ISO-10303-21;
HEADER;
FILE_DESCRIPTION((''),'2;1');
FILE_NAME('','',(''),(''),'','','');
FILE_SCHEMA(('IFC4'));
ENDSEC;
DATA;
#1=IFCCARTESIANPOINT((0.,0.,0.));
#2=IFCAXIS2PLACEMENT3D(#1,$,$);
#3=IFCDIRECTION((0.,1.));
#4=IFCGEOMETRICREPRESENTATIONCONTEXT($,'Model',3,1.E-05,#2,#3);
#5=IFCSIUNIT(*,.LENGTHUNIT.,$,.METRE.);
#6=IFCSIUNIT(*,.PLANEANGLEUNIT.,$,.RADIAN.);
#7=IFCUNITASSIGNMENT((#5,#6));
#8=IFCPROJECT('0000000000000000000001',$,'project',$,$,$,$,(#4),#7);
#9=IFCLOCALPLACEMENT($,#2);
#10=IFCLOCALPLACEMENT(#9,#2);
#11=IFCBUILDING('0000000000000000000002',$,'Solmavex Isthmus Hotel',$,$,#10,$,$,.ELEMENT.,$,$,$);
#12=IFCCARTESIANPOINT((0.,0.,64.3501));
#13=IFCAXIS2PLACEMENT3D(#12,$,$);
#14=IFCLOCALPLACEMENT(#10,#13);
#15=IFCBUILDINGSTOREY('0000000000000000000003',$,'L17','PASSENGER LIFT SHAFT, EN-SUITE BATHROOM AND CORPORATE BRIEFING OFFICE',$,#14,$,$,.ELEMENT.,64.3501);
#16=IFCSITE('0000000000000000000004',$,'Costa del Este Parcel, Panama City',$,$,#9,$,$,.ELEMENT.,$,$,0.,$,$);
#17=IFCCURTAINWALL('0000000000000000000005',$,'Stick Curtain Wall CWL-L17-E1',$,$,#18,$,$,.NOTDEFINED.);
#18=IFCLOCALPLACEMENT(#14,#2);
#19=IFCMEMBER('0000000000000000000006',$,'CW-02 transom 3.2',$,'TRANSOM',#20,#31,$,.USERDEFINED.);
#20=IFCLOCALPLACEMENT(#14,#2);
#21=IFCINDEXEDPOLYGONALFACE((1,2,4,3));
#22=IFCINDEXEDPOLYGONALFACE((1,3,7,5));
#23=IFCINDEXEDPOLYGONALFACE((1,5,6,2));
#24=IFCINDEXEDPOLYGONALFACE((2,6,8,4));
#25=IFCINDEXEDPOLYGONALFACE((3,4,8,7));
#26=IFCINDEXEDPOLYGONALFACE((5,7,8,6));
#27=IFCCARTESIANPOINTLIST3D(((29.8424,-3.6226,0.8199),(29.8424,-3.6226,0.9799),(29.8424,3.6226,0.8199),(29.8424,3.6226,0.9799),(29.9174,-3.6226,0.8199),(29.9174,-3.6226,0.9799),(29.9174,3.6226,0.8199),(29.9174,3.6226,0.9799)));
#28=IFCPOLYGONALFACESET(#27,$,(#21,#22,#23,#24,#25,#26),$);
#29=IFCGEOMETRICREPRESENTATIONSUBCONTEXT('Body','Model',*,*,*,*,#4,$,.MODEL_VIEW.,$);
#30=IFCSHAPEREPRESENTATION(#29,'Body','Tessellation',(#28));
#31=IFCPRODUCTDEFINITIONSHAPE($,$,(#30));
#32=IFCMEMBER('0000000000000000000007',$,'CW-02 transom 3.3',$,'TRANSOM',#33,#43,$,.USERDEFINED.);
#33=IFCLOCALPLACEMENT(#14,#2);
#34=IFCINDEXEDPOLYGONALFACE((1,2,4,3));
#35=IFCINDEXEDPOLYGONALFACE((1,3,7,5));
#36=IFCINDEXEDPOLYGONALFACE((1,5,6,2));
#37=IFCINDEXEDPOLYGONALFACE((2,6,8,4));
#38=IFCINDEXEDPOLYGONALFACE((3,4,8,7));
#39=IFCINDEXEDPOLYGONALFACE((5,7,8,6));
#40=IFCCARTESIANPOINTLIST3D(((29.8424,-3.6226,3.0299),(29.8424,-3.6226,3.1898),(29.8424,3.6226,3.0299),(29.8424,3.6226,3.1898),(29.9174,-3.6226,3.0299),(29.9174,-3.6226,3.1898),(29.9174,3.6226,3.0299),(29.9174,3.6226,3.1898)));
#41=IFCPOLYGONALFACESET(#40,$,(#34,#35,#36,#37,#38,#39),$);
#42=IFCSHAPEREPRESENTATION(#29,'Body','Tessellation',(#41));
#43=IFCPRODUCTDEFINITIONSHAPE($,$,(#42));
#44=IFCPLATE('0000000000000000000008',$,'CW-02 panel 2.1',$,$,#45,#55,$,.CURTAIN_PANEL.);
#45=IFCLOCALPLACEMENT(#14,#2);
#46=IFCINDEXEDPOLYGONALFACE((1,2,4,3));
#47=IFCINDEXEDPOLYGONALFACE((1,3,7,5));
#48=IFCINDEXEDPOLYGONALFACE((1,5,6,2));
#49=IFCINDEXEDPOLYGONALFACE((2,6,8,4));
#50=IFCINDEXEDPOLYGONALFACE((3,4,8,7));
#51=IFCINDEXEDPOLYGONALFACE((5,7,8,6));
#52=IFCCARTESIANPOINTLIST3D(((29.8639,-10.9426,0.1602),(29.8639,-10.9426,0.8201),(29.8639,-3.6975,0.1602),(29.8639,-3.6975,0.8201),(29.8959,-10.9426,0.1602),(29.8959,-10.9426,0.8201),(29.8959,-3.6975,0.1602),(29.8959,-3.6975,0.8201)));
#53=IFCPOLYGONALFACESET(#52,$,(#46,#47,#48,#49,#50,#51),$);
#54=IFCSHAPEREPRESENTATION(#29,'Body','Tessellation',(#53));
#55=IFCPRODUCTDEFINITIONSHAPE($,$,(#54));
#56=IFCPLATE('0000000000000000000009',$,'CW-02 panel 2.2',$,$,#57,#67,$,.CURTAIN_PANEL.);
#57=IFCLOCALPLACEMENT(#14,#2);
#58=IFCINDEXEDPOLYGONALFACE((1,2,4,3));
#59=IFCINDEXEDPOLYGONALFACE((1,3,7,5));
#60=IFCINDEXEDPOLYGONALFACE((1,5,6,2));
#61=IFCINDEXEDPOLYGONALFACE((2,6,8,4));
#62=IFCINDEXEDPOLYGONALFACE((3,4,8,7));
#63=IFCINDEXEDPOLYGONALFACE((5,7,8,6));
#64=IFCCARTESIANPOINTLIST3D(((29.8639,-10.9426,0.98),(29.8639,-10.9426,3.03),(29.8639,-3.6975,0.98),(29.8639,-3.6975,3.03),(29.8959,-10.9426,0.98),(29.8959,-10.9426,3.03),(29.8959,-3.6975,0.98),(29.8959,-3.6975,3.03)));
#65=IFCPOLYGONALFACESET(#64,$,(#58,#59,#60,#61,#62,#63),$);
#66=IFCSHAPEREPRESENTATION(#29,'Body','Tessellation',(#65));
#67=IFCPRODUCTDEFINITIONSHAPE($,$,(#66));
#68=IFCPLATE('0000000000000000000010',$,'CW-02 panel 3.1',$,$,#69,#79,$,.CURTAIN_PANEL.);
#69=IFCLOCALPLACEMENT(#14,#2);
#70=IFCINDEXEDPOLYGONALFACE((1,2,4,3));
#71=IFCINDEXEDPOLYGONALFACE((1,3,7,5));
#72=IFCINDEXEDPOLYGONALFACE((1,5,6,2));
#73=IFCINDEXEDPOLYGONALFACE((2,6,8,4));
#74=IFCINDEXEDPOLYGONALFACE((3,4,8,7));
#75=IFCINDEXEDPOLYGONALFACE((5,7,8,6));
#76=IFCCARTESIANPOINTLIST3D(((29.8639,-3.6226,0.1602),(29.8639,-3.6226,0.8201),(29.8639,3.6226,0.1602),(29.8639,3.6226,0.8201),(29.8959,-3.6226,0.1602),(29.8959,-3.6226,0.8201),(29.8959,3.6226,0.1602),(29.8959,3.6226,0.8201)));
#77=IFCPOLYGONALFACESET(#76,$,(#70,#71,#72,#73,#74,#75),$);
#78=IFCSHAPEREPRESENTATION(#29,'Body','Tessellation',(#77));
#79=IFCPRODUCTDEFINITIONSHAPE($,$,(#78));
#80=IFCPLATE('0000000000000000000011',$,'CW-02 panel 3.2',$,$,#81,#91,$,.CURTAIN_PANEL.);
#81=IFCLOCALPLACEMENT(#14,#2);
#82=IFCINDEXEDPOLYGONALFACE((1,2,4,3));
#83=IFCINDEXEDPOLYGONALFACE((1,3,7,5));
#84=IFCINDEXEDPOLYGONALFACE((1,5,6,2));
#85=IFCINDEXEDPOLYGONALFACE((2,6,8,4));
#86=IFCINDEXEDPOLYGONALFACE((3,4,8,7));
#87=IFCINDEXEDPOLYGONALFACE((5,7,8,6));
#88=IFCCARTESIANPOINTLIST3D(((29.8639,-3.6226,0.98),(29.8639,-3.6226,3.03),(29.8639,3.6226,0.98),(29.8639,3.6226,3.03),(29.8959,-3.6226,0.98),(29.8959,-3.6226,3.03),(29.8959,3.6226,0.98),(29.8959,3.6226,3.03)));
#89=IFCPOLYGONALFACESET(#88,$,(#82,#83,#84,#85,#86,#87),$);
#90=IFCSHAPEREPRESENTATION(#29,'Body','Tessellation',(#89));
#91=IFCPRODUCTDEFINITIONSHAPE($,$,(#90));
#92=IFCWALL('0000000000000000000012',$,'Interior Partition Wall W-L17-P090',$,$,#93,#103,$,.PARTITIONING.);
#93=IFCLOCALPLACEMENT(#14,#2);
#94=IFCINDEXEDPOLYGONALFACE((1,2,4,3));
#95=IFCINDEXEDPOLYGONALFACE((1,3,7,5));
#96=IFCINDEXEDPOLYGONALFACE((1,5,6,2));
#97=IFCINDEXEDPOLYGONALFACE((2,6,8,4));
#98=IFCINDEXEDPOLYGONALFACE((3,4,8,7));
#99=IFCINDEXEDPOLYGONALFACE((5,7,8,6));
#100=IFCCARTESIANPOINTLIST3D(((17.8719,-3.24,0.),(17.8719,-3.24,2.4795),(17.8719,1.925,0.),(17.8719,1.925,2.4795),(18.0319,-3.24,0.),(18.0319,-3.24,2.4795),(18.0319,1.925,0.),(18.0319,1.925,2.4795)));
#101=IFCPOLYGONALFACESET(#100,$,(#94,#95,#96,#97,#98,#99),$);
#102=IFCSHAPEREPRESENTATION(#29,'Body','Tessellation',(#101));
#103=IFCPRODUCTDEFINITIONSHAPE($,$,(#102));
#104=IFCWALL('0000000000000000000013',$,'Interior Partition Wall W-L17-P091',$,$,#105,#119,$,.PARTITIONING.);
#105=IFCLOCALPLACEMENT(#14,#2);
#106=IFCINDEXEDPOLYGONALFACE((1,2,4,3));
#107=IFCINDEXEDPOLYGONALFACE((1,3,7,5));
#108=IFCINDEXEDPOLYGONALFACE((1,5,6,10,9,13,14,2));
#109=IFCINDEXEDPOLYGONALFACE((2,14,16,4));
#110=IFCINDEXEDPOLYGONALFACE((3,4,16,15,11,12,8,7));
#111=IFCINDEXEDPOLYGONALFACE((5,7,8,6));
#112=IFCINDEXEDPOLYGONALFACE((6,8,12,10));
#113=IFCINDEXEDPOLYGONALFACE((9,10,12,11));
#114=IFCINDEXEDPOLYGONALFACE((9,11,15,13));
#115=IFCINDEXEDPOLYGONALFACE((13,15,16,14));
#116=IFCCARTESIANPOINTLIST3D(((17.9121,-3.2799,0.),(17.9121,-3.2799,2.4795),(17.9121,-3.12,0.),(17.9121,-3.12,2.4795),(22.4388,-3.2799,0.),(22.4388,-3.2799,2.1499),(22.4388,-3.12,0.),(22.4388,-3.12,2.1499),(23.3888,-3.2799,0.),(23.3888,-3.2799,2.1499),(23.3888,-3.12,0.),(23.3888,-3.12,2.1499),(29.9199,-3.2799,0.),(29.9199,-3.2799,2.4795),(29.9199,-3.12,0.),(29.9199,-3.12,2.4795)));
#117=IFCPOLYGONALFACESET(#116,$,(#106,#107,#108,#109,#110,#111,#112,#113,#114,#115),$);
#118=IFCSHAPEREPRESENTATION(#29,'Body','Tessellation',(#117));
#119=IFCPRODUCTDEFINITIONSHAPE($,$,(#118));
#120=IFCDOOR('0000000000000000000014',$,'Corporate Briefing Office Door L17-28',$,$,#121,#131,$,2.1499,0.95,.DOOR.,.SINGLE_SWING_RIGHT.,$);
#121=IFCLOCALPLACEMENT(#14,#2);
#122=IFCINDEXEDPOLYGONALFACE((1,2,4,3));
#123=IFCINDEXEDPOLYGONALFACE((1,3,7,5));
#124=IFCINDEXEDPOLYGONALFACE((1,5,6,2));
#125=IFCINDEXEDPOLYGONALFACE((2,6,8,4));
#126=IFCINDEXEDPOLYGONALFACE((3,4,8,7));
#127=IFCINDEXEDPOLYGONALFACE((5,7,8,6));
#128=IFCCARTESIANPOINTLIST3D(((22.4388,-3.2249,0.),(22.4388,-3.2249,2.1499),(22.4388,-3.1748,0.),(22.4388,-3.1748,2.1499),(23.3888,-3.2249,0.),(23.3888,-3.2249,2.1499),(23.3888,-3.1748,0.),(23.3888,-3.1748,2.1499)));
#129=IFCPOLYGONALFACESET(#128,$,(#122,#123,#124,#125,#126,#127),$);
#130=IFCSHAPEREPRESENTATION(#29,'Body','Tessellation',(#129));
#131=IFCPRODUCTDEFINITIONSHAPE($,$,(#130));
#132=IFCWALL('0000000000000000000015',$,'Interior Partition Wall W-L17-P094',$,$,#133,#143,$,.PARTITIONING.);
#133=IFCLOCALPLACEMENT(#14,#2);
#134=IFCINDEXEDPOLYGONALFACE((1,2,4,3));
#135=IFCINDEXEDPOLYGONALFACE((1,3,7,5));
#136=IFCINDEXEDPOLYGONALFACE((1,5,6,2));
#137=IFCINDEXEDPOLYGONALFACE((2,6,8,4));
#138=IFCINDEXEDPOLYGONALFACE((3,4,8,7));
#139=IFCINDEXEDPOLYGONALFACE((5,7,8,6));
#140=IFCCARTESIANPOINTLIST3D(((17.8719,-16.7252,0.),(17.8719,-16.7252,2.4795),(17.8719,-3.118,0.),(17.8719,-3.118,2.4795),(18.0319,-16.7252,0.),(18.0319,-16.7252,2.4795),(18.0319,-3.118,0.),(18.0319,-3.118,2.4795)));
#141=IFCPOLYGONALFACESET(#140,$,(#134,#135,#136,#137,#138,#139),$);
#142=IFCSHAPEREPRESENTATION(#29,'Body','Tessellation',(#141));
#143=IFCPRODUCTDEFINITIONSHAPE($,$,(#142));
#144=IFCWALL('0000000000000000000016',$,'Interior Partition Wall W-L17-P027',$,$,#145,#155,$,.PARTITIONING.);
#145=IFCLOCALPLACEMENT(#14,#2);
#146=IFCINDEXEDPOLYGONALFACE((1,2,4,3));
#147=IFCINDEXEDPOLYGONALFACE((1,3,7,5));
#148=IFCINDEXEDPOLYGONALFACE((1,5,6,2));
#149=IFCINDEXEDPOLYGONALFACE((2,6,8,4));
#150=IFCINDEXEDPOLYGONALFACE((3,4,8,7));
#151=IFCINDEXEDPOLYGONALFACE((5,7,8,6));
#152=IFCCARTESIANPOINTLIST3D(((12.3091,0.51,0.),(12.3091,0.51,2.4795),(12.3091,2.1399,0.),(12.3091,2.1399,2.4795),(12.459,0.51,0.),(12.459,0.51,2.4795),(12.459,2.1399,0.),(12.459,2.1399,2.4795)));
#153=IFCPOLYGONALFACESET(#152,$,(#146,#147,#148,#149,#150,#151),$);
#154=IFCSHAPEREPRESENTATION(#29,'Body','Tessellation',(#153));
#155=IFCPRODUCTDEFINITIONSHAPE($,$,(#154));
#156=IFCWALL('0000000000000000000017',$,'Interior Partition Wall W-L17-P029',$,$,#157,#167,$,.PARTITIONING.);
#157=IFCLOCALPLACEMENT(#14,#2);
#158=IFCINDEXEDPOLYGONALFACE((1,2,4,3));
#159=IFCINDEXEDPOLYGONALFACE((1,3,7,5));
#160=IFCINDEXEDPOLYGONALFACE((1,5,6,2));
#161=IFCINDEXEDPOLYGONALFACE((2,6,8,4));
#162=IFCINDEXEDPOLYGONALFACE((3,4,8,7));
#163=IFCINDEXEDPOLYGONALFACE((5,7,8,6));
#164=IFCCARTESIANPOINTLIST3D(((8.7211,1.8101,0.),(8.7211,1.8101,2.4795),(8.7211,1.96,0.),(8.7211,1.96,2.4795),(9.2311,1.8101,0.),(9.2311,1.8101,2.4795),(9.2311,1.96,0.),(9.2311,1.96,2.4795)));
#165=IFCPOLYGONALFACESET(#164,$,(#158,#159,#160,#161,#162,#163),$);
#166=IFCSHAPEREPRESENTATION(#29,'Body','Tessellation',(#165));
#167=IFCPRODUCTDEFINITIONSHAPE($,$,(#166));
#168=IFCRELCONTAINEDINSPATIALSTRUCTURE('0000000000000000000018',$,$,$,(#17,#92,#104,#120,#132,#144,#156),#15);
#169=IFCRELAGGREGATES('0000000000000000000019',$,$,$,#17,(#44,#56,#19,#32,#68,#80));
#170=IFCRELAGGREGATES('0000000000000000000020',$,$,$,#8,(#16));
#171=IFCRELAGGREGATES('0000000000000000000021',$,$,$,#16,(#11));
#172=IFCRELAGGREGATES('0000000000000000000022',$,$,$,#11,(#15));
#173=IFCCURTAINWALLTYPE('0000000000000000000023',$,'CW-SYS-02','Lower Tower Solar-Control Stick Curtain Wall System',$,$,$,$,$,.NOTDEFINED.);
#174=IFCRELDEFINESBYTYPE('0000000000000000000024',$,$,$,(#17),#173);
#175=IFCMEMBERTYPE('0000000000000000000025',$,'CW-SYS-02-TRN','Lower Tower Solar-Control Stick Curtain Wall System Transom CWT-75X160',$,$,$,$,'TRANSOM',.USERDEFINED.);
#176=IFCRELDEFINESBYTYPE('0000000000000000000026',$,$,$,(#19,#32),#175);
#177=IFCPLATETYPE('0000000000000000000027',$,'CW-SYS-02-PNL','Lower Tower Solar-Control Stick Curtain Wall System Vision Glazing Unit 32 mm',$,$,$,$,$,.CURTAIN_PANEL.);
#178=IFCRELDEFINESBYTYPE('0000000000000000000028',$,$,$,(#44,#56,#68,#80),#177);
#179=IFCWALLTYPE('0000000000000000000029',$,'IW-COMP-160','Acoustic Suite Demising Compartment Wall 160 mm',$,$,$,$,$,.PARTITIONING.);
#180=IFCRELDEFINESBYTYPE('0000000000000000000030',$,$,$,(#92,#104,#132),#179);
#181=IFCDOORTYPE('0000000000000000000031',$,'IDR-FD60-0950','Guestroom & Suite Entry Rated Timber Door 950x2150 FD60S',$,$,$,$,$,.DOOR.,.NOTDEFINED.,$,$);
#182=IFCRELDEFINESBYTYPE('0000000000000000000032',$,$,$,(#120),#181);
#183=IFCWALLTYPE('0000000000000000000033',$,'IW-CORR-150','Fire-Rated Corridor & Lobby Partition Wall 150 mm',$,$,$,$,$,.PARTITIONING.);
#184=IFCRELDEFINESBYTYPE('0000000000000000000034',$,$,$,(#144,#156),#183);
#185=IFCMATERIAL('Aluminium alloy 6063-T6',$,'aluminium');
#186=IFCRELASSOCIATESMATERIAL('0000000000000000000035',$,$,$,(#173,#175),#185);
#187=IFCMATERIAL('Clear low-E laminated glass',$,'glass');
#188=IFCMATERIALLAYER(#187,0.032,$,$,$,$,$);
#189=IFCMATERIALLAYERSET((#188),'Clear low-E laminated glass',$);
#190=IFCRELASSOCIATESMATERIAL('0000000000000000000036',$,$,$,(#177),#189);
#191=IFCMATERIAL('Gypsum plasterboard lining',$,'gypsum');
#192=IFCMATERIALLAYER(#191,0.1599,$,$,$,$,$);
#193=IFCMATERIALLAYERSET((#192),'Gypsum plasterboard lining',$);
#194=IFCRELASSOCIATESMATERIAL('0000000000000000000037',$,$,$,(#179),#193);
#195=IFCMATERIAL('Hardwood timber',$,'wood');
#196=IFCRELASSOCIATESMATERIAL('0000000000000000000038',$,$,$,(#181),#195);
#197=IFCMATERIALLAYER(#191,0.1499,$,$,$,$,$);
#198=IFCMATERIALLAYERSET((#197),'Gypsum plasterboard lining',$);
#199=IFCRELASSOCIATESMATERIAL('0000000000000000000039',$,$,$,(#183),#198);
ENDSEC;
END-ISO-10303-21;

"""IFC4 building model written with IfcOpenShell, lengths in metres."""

from ifc_helpers import new_model, si_unit, direction, frame, frame_2d, origin, origin_2d, place, context, subcontext, project, spatial, rectangle, extrude, material, layer, layer_set, material_profile, profile_set, type_object, element, fill, aggregate, save


model = new_model("IFC4")

# Units and contexts
model_context = context("Model", 3, precision=1e-05, world=origin(), true_north=direction((0.0, 1.0)))
body_context = subcontext(model_context, "Body", "Model", "MODEL_VIEW")
ifc_project = project(units=[si_unit("LENGTHUNIT", "METRE"), si_unit("PLANEANGLEUNIT", "RADIAN")], contexts=[model_context])

# Site, building, storey
site_placement = place(None, origin())
site = spatial("IfcSite", under=ifc_project, at=site_placement, Name="Costa del Este Parcel, Panama City", CompositionType="ELEMENT", RefElevation=0.0)
building_placement = place(site_placement, origin())
building = spatial("IfcBuilding", under=site, at=building_placement, Name="Solmavex Isthmus Hotel", CompositionType="ELEMENT")
storey_placement = place(building_placement, frame((0.0, 0.0, 64.3501)))
storey = spatial("IfcBuildingStorey", under=building, at=storey_placement, Name="L17", Description="PASSENGER LIFT SHAFT, EN-SUITE BATHROOM AND CORPORATE BRIEFING OFFICE", CompositionType="ELEMENT", Elevation=64.3501)

# Curtain wall, members, plates
ifc_material_1 = material(Name="Aluminium alloy 6063-T6", Category="aluminium")
curtain_wall_type = type_object("IfcCurtainWallType", Name="CW-SYS-02", Description="Lower Tower Solar-Control Stick Curtain Wall System", PredefinedType="NOTDEFINED", material=ifc_material_1)
curtain_wall_placement = place(storey_placement, origin())
curtain_wall = element("IfcCurtainWall", 1, at=curtain_wall_placement, inside=storey, type_object=curtain_wall_type, Name="Stick Curtain Wall CWL-L17-E1", PredefinedType="NOTDEFINED")
ifc_material_profile_1 = material_profile(ifc_material_1, rectangle(XDim=0.075, YDim=0.1599, at=origin_2d()), Name="CWT-75X160")
ifc_profile_set_1 = profile_set([ifc_material_profile_1], Name="Aluminium alloy 6063-T6")
member_type_1 = type_object("IfcMemberType", Name="CW-SYS-02-TRN", Description="Lower Tower Solar-Control Stick Curtain Wall System Transom CWT-75X160", ElementType="TRANSOM", PredefinedType="USERDEFINED", material=ifc_profile_set_1)
member_1_placement = place(storey_placement, frame((29.8799, -3.6226, 0.8999), z_axis=(0.0, 1.0, 0.0), x_axis=(-1.0, 0.0, 0.0)))
member_1 = element("IfcMember", 2, at=member_1_placement, type_object=member_type_1, Name="CW-02 transom 3.2", ObjectType="TRANSOM", PredefinedType="USERDEFINED", context=body_context, shape_type="SweptSolid", body=[
    extrude(rectangle(XDim=0.075, YDim=0.1599, at=origin_2d()), origin(), (0.0, 0.0, 1.0), 7.2451),
])
member_2_placement = place(storey_placement, frame((29.8799, -3.6226, 3.1099), z_axis=(0.0, 1.0, 0.0), x_axis=(-1.0, 0.0, 0.0)))
member_2 = element("IfcMember", 3, at=member_2_placement, type_object=member_type_1, Name="CW-02 transom 3.3", ObjectType="TRANSOM", PredefinedType="USERDEFINED", context=body_context, shape_type="SweptSolid", body=[
    extrude(rectangle(XDim=0.075, YDim=0.1599, at=origin_2d()), origin(), (0.0, 0.0, 1.0), 7.2451),
])
ifc_material_2 = material(Name="Clear low-E laminated glass", Category="glass")
ifc_layer_1 = layer(ifc_material_2, 0.032)
ifc_layer_set_1 = layer_set([ifc_layer_1], Name="Clear low-E laminated glass")
plate_type = type_object("IfcPlateType", Name="CW-SYS-02-PNL", Description="Lower Tower Solar-Control Stick Curtain Wall System Vision Glazing Unit 32 mm", PredefinedType="CURTAIN_PANEL", material=ifc_layer_set_1)
plate_1_placement = place(storey_placement, frame((29.8799, -7.3201, 0.1602), z_axis=(0.0, 0.0, 1.0), x_axis=(0.0, 1.0, 0.0)))
plate_1 = element("IfcPlate", 4, at=plate_1_placement, type_object=plate_type, Name="CW-02 panel 2.1", PredefinedType="CURTAIN_PANEL", context=body_context, shape_type="SweptSolid", body=[
    extrude(rectangle(XDim=7.2451, YDim=0.032, at=origin_2d()), origin(), (0.0, 0.0, 1.0), 0.6599),
])
plate_2_placement = place(storey_placement, frame((29.8799, -7.3201, 0.98), z_axis=(0.0, 0.0, 1.0), x_axis=(0.0, 1.0, 0.0)))
plate_2 = element("IfcPlate", 5, at=plate_2_placement, type_object=plate_type, Name="CW-02 panel 2.2", PredefinedType="CURTAIN_PANEL", context=body_context, shape_type="SweptSolid", body=[
    extrude(rectangle(XDim=7.2451, YDim=0.032, at=origin_2d()), origin(), (0.0, 0.0, 1.0), 2.05),
])
plate_3_placement = place(storey_placement, frame((29.8799, 0.0, 0.1602), z_axis=(0.0, 0.0, 1.0), x_axis=(0.0, 1.0, 0.0)))
plate_3 = element("IfcPlate", 6, at=plate_3_placement, type_object=plate_type, Name="CW-02 panel 3.1", PredefinedType="CURTAIN_PANEL", context=body_context, shape_type="SweptSolid", body=[
    extrude(rectangle(XDim=7.2451, YDim=0.032, at=origin_2d()), origin(), (0.0, 0.0, 1.0), 0.6599),
])
plate_4_placement = place(storey_placement, frame((29.8799, 0.0, 0.98), z_axis=(0.0, 0.0, 1.0), x_axis=(0.0, 1.0, 0.0)))
plate_4 = element("IfcPlate", 7, at=plate_4_placement, type_object=plate_type, Name="CW-02 panel 3.2", PredefinedType="CURTAIN_PANEL", context=body_context, shape_type="SweptSolid", body=[
    extrude(rectangle(XDim=7.2451, YDim=0.032, at=origin_2d()), origin(), (0.0, 0.0, 1.0), 2.05),
])
aggregate(curtain_wall, [plate_1, plate_2, member_1, member_2, plate_3, plate_4])

# Wall
ifc_material_3 = material(Name="Gypsum plasterboard lining", Category="gypsum")
ifc_layer_2 = layer(ifc_material_3, 0.1599)
ifc_layer_set_2 = layer_set([ifc_layer_2], Name="Gypsum plasterboard lining")
wall_type_1 = type_object("IfcWallType", Name="IW-COMP-160", Description="Acoustic Suite Demising Compartment Wall 160 mm", PredefinedType="PARTITIONING", material=ifc_layer_set_2)
wall_1_placement = place(storey_placement, frame((17.9519, -3.24, 0.0), z_axis=(0.0, 0.0, 1.0), x_axis=(0.0, 1.0, 0.0)))
element("IfcWall", 8, at=wall_1_placement, inside=storey, type_object=wall_type_1, Name="Interior Partition Wall W-L17-P090", PredefinedType="PARTITIONING", context=body_context, shape_type="SweptSolid", body=[
    extrude(rectangle(XDim=5.165, YDim=0.1599, at=frame_2d((2.5825, 0.0))), origin(), (0.0, 0.0, 1.0), 2.4795),
])

# Wall, opening, door
wall_2_placement = place(storey_placement, frame((29.9199, -3.2, 0.0), z_axis=(0.0, 0.0, 1.0), x_axis=(-1.0, 0.0, 0.0)))
wall_2 = element("IfcWall", 9, at=wall_2_placement, inside=storey, type_object=wall_type_1, Name="Interior Partition Wall W-L17-P091", PredefinedType="PARTITIONING", context=body_context, shape_type="SweptSolid", body=[
    extrude(rectangle(XDim=12.0078, YDim=0.1599, at=frame_2d((6.0039, 0.0))), origin(), (0.0, 0.0, 1.0), 2.4795),
])
opening_1_placement = place(wall_2_placement, frame((6.531, 0.0, 0.0)))
opening_1 = element("IfcOpeningElement", 10, at=opening_1_placement, cuts=wall_2, PredefinedType="OPENING", context=body_context, shape_type="SweptSolid", body=[
    extrude(rectangle(XDim=0.95, YDim=2.1499, at=frame_2d((0.4751, 1.075))), frame((0.0, 0.0898, 0.0), z_axis=(0.0, -1.0, 0.0), x_axis=(1.0, 0.0, 0.0)), (0.0, 0.0, 1.0), 0.1799),
])
ifc_material_4 = material(Name="Hardwood timber", Category="wood")
door_type_1 = type_object("IfcDoorType", Name="IDR-FD60-0950", Description="Guestroom & Suite Entry Rated Timber Door 950x2150 FD60S", OperationType="NOTDEFINED", PredefinedType="DOOR", material=ifc_material_4)
door_1_placement = place(opening_1_placement, origin())
door_1 = element("IfcDoor", 11, at=door_1_placement, inside=storey, type_object=door_type_1, Name="Corporate Briefing Office Door L17-28", OperationType="SINGLE_SWING_RIGHT", OverallHeight=2.1499, OverallWidth=0.95, PredefinedType="DOOR", context=body_context, shape_type="SweptSolid", body=[
    extrude(rectangle(XDim=0.95, YDim=2.1499, at=frame_2d((0.4751, 1.075))), frame((0.0, 0.0249, 0.0), z_axis=(0.0, -1.0, 0.0), x_axis=(1.0, 0.0, 0.0)), (0.0, 0.0, 1.0), 0.05),
])
fill(opening_1, door_1)

# Walls
wall_3_placement = place(storey_placement, frame((17.9519, -3.1179, 0.0), z_axis=(0.0, 0.0, 1.0), x_axis=(0.0, -1.0, 0.0)))
element("IfcWall", 12, at=wall_3_placement, inside=storey, type_object=wall_type_1, Name="Interior Partition Wall W-L17-P094", PredefinedType="PARTITIONING", context=body_context, shape_type="SweptSolid", body=[
    extrude(rectangle(XDim=13.6072, YDim=0.1599, at=frame_2d((6.8037, 0.0))), origin(), (0.0, 0.0, 1.0), 2.4795),
])
ifc_layer_3 = layer(ifc_material_3, 0.1499)
ifc_layer_set_3 = layer_set([ifc_layer_3], Name="Gypsum plasterboard lining")
wall_type_2 = type_object("IfcWallType", Name="IW-CORR-150", Description="Fire-Rated Corridor & Lobby Partition Wall 150 mm", PredefinedType="PARTITIONING", material=ifc_layer_set_3)
wall_4_placement = place(storey_placement, frame((12.384, 0.51, 0.0), z_axis=(0.0, 0.0, 1.0), x_axis=(0.0, 1.0, 0.0)))
element("IfcWall", 13, at=wall_4_placement, inside=storey, type_object=wall_type_2, Name="Interior Partition Wall W-L17-P027", PredefinedType="PARTITIONING", context=body_context, shape_type="SweptSolid", body=[
    extrude(rectangle(XDim=1.6299, YDim=0.1499, at=frame_2d((0.8149, 0.0))), origin(), (0.0, 0.0, 1.0), 2.4795),
])
wall_5_placement = place(storey_placement, frame((9.231, 1.885, 0.0), z_axis=(0.0, 0.0, 1.0), x_axis=(-1.0, 0.0, 0.0)))
element("IfcWall", 14, at=wall_5_placement, inside=storey, type_object=wall_type_2, Name="Interior Partition Wall W-L17-P029", PredefinedType="PARTITIONING", context=body_context, shape_type="SweptSolid", body=[
    extrude(rectangle(XDim=0.51, YDim=0.1499, at=frame_2d((0.2549, 0.0))), origin(), (0.0, 0.0, 1.0), 2.4795),
])

save(model, "model.ifc")
